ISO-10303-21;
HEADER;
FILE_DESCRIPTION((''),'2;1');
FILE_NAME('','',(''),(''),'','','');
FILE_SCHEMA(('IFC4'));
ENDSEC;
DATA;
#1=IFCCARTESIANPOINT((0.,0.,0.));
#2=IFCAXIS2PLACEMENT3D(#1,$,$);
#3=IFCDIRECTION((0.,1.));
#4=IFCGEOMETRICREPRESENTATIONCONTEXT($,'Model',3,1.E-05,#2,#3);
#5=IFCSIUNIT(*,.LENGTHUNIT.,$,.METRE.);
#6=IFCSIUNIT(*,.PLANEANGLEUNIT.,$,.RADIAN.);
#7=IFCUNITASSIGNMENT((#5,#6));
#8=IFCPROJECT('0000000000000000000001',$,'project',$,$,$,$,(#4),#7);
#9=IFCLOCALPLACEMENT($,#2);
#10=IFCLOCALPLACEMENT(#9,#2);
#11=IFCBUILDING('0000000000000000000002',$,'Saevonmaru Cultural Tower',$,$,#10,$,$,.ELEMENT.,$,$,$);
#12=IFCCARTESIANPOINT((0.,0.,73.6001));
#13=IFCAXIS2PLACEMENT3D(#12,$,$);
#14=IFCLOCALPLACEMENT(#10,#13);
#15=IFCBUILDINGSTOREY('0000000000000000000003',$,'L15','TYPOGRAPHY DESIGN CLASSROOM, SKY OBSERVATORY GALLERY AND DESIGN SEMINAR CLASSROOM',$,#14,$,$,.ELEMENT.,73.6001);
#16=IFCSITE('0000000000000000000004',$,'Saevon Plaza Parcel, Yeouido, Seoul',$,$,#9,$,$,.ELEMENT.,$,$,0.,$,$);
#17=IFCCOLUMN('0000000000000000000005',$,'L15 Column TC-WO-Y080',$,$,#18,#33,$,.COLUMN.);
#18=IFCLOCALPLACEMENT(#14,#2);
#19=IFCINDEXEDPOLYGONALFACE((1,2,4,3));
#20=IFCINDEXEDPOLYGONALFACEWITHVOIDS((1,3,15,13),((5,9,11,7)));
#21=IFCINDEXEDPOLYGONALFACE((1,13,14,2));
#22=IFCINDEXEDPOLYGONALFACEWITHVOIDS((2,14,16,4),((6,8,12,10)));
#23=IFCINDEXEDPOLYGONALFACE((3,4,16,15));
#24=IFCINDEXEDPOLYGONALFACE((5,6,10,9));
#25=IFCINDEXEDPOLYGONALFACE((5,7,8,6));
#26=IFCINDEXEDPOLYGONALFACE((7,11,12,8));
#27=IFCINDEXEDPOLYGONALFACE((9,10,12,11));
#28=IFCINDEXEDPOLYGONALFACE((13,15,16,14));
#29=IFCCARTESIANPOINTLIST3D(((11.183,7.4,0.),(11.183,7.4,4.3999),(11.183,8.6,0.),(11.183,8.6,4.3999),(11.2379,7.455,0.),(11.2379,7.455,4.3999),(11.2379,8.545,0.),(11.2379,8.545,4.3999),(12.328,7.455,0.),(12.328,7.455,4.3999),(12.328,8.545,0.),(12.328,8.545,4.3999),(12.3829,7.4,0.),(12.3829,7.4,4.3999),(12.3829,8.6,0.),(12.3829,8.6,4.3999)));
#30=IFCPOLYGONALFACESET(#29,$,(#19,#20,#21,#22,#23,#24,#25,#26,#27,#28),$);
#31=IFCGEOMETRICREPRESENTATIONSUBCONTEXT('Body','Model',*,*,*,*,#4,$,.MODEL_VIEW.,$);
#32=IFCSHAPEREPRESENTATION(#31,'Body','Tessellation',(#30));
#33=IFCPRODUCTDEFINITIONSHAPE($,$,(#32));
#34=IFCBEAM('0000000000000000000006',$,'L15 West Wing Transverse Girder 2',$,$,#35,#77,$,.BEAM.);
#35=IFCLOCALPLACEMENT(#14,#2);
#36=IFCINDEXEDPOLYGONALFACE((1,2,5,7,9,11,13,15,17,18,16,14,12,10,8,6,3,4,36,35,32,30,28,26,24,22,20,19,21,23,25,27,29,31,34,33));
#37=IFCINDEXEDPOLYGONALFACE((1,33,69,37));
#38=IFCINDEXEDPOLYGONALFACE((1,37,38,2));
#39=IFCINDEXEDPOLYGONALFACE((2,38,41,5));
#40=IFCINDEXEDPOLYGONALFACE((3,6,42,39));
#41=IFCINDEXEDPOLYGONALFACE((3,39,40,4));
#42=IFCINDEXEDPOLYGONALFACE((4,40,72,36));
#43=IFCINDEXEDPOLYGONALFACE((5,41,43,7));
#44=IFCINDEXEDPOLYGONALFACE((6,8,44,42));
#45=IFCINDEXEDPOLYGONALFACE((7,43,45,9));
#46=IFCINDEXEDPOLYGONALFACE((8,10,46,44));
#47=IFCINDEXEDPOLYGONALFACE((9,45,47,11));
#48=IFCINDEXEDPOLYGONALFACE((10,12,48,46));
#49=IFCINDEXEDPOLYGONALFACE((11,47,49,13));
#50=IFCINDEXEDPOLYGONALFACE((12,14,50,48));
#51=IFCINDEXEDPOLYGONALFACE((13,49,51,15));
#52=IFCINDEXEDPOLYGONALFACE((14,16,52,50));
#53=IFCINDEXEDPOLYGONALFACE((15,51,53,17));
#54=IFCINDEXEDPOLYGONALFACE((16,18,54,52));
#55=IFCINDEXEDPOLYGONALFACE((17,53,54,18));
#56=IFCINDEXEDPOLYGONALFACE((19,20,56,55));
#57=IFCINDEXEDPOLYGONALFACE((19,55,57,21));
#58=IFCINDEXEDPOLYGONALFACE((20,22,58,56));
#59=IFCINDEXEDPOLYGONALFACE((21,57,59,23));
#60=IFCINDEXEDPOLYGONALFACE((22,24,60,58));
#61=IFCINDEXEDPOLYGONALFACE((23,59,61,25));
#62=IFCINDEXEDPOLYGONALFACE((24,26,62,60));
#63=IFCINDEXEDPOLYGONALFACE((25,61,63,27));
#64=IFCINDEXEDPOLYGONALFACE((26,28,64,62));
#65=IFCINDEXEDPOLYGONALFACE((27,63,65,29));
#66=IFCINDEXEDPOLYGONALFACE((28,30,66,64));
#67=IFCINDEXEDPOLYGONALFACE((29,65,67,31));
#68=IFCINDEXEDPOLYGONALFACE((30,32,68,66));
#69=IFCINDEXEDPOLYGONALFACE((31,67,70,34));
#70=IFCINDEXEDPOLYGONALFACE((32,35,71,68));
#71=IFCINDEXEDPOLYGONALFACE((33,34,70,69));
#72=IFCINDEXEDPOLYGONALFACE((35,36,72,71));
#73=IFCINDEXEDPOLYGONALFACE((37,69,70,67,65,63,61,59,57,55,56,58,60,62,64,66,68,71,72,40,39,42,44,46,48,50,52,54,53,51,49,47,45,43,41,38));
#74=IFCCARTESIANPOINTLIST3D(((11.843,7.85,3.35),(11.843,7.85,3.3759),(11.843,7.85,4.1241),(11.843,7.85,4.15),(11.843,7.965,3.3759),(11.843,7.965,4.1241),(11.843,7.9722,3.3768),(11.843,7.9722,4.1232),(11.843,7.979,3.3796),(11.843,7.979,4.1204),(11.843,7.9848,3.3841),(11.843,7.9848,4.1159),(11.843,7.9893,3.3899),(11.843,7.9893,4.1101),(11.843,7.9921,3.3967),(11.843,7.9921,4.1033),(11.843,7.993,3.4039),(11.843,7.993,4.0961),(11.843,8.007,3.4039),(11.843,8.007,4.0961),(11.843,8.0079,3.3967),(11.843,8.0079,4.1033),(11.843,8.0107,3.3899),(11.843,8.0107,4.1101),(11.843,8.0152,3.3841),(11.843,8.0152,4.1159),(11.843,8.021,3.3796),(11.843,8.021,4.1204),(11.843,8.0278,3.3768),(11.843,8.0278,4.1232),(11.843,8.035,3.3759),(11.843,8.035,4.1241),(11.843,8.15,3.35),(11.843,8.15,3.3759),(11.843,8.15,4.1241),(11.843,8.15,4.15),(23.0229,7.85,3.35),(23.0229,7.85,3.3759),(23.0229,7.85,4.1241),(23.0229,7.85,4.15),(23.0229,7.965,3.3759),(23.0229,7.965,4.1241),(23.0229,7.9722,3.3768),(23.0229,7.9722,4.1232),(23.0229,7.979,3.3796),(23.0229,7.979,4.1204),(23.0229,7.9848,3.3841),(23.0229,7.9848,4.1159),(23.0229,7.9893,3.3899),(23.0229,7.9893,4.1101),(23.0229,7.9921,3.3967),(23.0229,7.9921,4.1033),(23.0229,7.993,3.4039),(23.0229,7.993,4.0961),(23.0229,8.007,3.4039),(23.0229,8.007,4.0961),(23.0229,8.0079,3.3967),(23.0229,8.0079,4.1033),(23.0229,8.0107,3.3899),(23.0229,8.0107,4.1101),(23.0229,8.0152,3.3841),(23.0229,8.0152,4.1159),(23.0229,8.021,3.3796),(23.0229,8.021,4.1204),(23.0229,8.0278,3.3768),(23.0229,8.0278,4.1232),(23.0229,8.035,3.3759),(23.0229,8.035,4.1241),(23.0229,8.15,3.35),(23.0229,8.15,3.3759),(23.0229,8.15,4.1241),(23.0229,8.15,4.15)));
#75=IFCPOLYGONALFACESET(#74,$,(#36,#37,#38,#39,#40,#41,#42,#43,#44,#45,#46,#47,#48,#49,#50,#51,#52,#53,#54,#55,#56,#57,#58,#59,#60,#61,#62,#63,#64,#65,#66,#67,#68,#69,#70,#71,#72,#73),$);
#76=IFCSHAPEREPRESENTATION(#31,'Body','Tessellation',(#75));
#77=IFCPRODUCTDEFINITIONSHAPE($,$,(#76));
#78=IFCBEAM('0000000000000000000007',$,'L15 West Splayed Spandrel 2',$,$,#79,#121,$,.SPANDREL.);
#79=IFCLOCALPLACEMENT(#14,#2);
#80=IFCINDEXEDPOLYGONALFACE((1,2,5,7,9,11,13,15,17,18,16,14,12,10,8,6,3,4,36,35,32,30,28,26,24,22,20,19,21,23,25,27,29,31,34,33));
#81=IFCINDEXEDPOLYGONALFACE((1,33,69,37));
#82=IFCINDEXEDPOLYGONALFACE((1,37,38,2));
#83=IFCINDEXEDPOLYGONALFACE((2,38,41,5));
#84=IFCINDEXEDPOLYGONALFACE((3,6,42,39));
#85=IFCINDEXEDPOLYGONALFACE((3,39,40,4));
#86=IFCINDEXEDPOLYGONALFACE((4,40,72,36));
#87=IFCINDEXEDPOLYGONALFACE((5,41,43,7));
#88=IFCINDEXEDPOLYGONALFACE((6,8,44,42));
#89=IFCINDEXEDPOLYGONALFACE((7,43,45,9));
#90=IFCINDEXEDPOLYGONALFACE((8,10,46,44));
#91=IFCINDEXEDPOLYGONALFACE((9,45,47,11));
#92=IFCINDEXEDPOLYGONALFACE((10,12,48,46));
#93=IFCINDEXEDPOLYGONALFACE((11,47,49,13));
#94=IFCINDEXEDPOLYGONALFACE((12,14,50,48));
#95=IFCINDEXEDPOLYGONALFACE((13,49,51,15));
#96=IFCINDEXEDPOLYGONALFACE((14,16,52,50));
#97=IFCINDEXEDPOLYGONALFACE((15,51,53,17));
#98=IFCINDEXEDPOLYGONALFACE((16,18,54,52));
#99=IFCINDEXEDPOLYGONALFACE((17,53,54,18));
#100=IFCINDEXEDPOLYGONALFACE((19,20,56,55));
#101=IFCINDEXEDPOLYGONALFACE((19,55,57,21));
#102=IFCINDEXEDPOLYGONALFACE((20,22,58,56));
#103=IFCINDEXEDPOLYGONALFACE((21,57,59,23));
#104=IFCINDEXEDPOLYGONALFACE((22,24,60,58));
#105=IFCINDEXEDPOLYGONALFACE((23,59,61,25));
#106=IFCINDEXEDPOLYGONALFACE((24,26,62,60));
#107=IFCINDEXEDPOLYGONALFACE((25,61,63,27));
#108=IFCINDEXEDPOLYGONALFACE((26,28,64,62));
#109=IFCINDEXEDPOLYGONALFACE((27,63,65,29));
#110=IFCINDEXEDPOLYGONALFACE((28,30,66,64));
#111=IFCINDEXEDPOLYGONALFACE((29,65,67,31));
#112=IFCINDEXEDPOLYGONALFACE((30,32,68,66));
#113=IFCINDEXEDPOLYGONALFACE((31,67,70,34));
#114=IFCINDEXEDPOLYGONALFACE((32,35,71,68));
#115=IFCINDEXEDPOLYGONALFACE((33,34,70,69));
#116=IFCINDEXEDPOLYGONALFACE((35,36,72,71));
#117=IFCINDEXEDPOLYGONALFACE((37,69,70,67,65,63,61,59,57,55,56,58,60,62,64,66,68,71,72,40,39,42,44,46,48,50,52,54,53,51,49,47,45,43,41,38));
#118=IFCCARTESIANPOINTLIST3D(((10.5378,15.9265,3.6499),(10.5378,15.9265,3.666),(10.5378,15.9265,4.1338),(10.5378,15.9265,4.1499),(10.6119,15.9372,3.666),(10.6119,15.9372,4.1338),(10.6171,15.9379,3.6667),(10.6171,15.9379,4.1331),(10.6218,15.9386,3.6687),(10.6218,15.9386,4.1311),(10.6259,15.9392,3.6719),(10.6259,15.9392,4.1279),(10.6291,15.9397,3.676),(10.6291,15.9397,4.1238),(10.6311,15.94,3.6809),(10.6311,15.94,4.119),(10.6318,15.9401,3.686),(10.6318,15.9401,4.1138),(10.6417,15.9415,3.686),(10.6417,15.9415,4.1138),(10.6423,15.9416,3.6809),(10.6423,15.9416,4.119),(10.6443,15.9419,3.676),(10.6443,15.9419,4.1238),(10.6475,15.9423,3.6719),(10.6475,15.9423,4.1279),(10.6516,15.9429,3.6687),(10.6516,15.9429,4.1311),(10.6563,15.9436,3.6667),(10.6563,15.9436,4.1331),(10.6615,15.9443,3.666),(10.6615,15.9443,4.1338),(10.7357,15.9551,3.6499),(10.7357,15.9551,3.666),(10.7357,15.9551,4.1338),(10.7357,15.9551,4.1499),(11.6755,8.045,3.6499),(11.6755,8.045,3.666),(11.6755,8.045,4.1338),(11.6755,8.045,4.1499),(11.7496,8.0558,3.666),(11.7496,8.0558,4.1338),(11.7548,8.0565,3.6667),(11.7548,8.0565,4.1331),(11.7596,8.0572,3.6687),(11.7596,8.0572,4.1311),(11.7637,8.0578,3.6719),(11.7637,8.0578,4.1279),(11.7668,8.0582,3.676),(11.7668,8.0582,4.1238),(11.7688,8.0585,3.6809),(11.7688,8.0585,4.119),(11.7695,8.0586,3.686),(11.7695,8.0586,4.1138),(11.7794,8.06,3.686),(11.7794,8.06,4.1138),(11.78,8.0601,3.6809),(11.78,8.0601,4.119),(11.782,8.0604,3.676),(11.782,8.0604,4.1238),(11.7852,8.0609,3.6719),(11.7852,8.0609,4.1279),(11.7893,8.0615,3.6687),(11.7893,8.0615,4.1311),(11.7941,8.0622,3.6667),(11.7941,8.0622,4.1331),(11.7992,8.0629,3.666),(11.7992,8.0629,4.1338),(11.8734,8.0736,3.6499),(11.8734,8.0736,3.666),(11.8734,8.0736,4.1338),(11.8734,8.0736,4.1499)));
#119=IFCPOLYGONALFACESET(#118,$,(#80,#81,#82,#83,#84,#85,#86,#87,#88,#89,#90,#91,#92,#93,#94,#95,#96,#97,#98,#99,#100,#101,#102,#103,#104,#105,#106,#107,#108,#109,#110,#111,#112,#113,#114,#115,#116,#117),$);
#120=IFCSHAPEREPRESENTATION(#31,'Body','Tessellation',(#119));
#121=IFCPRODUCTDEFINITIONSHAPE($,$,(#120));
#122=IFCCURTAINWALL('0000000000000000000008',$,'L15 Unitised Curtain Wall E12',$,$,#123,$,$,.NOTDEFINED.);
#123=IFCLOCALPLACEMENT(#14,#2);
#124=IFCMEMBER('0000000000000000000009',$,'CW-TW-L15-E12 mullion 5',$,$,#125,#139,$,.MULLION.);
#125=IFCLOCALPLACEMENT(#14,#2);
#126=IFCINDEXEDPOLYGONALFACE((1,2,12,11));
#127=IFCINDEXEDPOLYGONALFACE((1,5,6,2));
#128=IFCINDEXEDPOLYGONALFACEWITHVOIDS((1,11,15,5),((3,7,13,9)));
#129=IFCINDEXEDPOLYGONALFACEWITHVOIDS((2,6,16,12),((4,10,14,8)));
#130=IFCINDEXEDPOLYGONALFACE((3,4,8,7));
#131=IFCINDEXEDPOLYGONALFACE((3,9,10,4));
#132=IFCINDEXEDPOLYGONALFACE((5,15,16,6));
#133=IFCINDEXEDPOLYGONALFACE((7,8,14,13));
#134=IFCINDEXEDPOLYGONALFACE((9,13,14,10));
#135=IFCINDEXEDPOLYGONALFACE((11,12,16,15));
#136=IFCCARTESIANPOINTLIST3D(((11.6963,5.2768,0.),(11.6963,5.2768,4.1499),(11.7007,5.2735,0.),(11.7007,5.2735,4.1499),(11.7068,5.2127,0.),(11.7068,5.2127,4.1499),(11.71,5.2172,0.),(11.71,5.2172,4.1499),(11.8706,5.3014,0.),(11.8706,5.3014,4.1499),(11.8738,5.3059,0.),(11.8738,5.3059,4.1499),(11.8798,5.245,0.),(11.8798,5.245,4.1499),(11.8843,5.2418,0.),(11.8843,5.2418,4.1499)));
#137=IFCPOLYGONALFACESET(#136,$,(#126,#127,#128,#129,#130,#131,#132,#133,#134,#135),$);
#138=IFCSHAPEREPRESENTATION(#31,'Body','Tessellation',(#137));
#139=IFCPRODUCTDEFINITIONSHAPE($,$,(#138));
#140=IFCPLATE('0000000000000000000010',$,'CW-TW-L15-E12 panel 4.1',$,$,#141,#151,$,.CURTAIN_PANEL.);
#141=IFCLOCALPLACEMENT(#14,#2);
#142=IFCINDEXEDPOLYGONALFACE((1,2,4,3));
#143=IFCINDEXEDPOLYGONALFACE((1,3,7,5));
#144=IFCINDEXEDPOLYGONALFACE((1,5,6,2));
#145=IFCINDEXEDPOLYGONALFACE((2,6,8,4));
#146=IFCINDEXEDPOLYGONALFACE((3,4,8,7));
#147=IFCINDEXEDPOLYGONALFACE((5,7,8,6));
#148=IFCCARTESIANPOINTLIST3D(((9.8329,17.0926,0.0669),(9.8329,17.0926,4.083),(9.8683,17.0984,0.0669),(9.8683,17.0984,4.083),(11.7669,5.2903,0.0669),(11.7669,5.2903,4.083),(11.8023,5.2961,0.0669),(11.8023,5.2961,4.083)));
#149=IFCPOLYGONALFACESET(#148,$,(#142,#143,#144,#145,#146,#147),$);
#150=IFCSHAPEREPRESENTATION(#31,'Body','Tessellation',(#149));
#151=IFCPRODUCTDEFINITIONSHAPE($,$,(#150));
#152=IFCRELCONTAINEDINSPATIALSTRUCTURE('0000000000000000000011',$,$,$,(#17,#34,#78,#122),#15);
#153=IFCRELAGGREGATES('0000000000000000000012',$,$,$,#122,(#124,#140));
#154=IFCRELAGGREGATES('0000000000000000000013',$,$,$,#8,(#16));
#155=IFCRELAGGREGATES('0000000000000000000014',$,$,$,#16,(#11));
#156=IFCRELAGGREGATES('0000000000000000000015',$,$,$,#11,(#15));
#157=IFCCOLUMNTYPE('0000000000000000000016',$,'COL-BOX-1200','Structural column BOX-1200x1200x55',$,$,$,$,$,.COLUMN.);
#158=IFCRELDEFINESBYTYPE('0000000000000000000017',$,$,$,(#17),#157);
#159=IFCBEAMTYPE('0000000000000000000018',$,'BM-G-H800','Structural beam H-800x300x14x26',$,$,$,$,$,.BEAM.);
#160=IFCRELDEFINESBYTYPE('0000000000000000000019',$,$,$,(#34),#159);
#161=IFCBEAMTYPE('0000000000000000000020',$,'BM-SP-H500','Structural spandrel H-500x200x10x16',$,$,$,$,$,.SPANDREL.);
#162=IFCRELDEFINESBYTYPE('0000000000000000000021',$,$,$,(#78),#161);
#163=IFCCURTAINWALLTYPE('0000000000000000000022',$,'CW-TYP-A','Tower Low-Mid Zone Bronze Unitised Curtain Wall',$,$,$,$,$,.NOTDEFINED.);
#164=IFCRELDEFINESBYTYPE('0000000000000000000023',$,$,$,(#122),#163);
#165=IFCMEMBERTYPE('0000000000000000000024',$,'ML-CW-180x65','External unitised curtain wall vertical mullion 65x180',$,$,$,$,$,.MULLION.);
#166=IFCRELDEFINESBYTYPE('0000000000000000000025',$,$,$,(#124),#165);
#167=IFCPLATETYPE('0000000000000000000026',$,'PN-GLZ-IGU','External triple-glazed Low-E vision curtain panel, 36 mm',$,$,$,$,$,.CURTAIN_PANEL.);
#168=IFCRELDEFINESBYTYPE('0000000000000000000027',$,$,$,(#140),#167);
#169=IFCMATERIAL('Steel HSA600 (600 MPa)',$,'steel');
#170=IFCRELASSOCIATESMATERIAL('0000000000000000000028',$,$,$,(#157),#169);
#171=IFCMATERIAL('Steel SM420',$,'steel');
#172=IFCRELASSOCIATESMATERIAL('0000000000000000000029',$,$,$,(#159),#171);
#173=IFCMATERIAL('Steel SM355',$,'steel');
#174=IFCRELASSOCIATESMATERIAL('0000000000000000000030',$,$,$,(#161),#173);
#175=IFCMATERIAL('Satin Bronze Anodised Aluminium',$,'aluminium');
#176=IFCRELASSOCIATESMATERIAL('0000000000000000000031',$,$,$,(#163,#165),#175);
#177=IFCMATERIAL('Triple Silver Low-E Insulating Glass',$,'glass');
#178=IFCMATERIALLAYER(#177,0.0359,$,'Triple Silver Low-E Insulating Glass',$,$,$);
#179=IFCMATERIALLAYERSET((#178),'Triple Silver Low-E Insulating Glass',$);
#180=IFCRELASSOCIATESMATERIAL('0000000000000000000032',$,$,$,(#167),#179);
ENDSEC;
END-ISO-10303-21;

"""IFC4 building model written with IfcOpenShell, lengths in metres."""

from ifc_helpers import new_model, si_unit, direction, frame, origin, origin_2d, place, context, subcontext, project, spatial, rectangle, hollow_rectangle, i_section, extrude, material, layer, layer_set, material_profile, profile_set, type_object, element, aggregate, save


model = new_model("IFC4")

# Units and contexts
model_context = context("Model", 3, precision=1e-05, world=origin(), true_north=direction((0.0, 1.0)))
body_context = subcontext(model_context, "Body", "Model", "MODEL_VIEW")
ifc_project = project(units=[si_unit("LENGTHUNIT", "METRE"), si_unit("PLANEANGLEUNIT", "RADIAN")], contexts=[model_context])

# Site, building, storey
site_placement = place(None, origin())
site = spatial("IfcSite", under=ifc_project, at=site_placement, Name="Saevon Plaza Parcel, Yeouido, Seoul", CompositionType="ELEMENT", RefElevation=0.0)
building_placement = place(site_placement, origin())
building = spatial("IfcBuilding", under=site, at=building_placement, Name="Saevonmaru Cultural Tower", CompositionType="ELEMENT")
storey_placement = place(building_placement, frame((0.0, 0.0, 73.6001)))
storey = spatial("IfcBuildingStorey", under=building, at=storey_placement, Name="L15", Description="TYPOGRAPHY DESIGN CLASSROOM, SKY OBSERVATORY GALLERY AND DESIGN SEMINAR CLASSROOM", CompositionType="ELEMENT", Elevation=73.6001)

# Column
ifc_material_1 = material(Name="Steel HSA600 (600 MPa)", Category="steel")
ifc_material_profile_1 = material_profile(ifc_material_1, hollow_rectangle(XDim=1.2, YDim=1.2, WallThickness=0.0549, at=origin_2d()), Name="BOX-1200x1200x55")
ifc_profile_set_1 = profile_set([ifc_material_profile_1], Name="Steel HSA600 (600 MPa)")
column_type = type_object("IfcColumnType", Name="COL-BOX-1200", Description="Structural column BOX-1200x1200x55", PredefinedType="COLUMN", material=ifc_profile_set_1)
column_placement = place(storey_placement, frame((11.783, 8.0, 0.0), z_axis=(0.0, 0.0, 1.0), x_axis=(1.0, 0.0, 0.0)))
element("IfcColumn", 1, at=column_placement, inside=storey, type_object=column_type, Name="L15 Column TC-WO-Y080", PredefinedType="COLUMN", context=body_context, shape_type="SweptSolid", body=[
    extrude(hollow_rectangle(XDim=1.2, YDim=1.2, WallThickness=0.0549, at=origin_2d()), origin(), (0.0, 0.0, 1.0), 4.3999),
])

# Beams
ifc_material_2 = material(Name="Steel SM420", Category="steel")
ifc_material_profile_2 = material_profile(ifc_material_2, i_section(OverallWidth=0.3, OverallDepth=0.8, WebThickness=0.0139, FlangeThickness=0.0259, FilletRadius=0.0281, at=origin_2d()), Name="H-800x300x14x26")
ifc_profile_set_2 = profile_set([ifc_material_profile_2], Name="Steel SM420")
beam_type_1 = type_object("IfcBeamType", Name="BM-G-H800", Description="Structural beam H-800x300x14x26", PredefinedType="BEAM", material=ifc_profile_set_2)
beam_1_placement = place(storey_placement, frame((11.843, 8.0, 3.75), z_axis=(1.0, 0.0, 0.0), x_axis=(0.0, 1.0, 0.0)))
element("IfcBeam", 2, at=beam_1_placement, inside=storey, type_object=beam_type_1, Name="L15 West Wing Transverse Girder 2", PredefinedType="BEAM", context=body_context, shape_type="SweptSolid", body=[
    extrude(i_section(OverallWidth=0.3, OverallDepth=0.8, WebThickness=0.0139, FlangeThickness=0.0259, FilletRadius=0.0281, at=origin_2d()), origin(), (0.0, 0.0, 1.0), 11.1799),
])
ifc_material_3 = material(Name="Steel SM355", Category="steel")
ifc_material_profile_3 = material_profile(ifc_material_3, i_section(OverallWidth=0.2, OverallDepth=0.5, WebThickness=0.01, FlangeThickness=0.0161, FilletRadius=0.02, at=origin_2d()), Name="H-500x200x10x16")
ifc_profile_set_3 = profile_set([ifc_material_profile_3], Name="Steel SM355")
beam_type_2 = type_object("IfcBeamType", Name="BM-SP-H500", Description="Structural spandrel H-500x200x10x16", PredefinedType="SPANDREL", material=ifc_profile_set_3)
beam_2_placement = place(storey_placement, frame((11.7744, 8.0593, 3.8999), z_axis=(-0.142872, 0.989741, 0.0), x_axis=(-0.989741, -0.142872, 0.0)))
element("IfcBeam", 3, at=beam_2_placement, inside=storey, type_object=beam_type_2, Name="L15 West Splayed Spandrel 2", PredefinedType="SPANDREL", context=body_context, shape_type="SweptSolid", body=[
    extrude(i_section(OverallWidth=0.2, OverallDepth=0.5, WebThickness=0.01, FlangeThickness=0.0161, FilletRadius=0.02, at=origin_2d()), origin(), (0.0, 0.0, 1.0), 7.9631),
])

# Curtain wall, member, plate
ifc_material_4 = material(Name="Satin Bronze Anodised Aluminium", Category="aluminium")
curtain_wall_type = type_object("IfcCurtainWallType", Name="CW-TYP-A", Description="Tower Low-Mid Zone Bronze Unitised Curtain Wall", PredefinedType="NOTDEFINED", material=ifc_material_4)
curtain_wall_placement = place(storey_placement, origin())
curtain_wall = element("IfcCurtainWall", 4, at=curtain_wall_placement, inside=storey, type_object=curtain_wall_type, Name="L15 Unitised Curtain Wall E12", PredefinedType="NOTDEFINED")
ifc_material_profile_4 = material_profile(ifc_material_4, hollow_rectangle(XDim=0.0649, YDim=0.1799, WallThickness=0.0039, at=origin_2d()), Name="ALU-MULL-180x65x4")
ifc_profile_set_4 = profile_set([ifc_material_profile_4], Name="Satin Bronze Anodised Aluminium")
member_type = type_object("IfcMemberType", Name="ML-CW-180x65", Description="External unitised curtain wall vertical mullion 65x180", PredefinedType="MULLION", material=ifc_profile_set_4)
member_placement = place(storey_placement, frame((11.7903, 5.2593, 0.0), z_axis=(0.0, 0.0, 1.0), x_axis=(0.161709, -0.986839, 0.0)))
member = element("IfcMember", 5, at=member_placement, type_object=member_type, Name="CW-TW-L15-E12 mullion 5", PredefinedType="MULLION", context=body_context, shape_type="SweptSolid", body=[
    extrude(hollow_rectangle(XDim=0.0649, YDim=0.1799, WallThickness=0.0039, at=origin_2d()), origin(), (0.0, 0.0, 1.0), 4.1499),
])
ifc_material_5 = material(Name="Triple Silver Low-E Insulating Glass", Category="glass")
ifc_layer_1 = layer(ifc_material_5, 0.0359, Name="Triple Silver Low-E Insulating Glass")
ifc_layer_set_1 = layer_set([ifc_layer_1], Name="Triple Silver Low-E Insulating Glass")
plate_type = type_object("IfcPlateType", Name="PN-GLZ-IGU", Description="External triple-glazed Low-E vision curtain panel, 36 mm", PredefinedType="CURTAIN_PANEL", material=ifc_layer_set_1)
plate_placement = place(storey_placement, frame((10.8176, 11.1943, 0.0669), z_axis=(0.0, 0.0, 1.0), x_axis=(0.161709, -0.986839, 0.0)))
plate = element("IfcPlate", 6, at=plate_placement, type_object=plate_type, Name="CW-TW-L15-E12 panel 4.1", PredefinedType="CURTAIN_PANEL", context=body_context, shape_type="SweptSolid", body=[
    extrude(rectangle(XDim=11.9597, YDim=0.0359, at=origin_2d()), origin(), (0.0, 0.0, 1.0), 4.0161),
])
aggregate(curtain_wall, [member, plate])

save(model, "model.ifc")
